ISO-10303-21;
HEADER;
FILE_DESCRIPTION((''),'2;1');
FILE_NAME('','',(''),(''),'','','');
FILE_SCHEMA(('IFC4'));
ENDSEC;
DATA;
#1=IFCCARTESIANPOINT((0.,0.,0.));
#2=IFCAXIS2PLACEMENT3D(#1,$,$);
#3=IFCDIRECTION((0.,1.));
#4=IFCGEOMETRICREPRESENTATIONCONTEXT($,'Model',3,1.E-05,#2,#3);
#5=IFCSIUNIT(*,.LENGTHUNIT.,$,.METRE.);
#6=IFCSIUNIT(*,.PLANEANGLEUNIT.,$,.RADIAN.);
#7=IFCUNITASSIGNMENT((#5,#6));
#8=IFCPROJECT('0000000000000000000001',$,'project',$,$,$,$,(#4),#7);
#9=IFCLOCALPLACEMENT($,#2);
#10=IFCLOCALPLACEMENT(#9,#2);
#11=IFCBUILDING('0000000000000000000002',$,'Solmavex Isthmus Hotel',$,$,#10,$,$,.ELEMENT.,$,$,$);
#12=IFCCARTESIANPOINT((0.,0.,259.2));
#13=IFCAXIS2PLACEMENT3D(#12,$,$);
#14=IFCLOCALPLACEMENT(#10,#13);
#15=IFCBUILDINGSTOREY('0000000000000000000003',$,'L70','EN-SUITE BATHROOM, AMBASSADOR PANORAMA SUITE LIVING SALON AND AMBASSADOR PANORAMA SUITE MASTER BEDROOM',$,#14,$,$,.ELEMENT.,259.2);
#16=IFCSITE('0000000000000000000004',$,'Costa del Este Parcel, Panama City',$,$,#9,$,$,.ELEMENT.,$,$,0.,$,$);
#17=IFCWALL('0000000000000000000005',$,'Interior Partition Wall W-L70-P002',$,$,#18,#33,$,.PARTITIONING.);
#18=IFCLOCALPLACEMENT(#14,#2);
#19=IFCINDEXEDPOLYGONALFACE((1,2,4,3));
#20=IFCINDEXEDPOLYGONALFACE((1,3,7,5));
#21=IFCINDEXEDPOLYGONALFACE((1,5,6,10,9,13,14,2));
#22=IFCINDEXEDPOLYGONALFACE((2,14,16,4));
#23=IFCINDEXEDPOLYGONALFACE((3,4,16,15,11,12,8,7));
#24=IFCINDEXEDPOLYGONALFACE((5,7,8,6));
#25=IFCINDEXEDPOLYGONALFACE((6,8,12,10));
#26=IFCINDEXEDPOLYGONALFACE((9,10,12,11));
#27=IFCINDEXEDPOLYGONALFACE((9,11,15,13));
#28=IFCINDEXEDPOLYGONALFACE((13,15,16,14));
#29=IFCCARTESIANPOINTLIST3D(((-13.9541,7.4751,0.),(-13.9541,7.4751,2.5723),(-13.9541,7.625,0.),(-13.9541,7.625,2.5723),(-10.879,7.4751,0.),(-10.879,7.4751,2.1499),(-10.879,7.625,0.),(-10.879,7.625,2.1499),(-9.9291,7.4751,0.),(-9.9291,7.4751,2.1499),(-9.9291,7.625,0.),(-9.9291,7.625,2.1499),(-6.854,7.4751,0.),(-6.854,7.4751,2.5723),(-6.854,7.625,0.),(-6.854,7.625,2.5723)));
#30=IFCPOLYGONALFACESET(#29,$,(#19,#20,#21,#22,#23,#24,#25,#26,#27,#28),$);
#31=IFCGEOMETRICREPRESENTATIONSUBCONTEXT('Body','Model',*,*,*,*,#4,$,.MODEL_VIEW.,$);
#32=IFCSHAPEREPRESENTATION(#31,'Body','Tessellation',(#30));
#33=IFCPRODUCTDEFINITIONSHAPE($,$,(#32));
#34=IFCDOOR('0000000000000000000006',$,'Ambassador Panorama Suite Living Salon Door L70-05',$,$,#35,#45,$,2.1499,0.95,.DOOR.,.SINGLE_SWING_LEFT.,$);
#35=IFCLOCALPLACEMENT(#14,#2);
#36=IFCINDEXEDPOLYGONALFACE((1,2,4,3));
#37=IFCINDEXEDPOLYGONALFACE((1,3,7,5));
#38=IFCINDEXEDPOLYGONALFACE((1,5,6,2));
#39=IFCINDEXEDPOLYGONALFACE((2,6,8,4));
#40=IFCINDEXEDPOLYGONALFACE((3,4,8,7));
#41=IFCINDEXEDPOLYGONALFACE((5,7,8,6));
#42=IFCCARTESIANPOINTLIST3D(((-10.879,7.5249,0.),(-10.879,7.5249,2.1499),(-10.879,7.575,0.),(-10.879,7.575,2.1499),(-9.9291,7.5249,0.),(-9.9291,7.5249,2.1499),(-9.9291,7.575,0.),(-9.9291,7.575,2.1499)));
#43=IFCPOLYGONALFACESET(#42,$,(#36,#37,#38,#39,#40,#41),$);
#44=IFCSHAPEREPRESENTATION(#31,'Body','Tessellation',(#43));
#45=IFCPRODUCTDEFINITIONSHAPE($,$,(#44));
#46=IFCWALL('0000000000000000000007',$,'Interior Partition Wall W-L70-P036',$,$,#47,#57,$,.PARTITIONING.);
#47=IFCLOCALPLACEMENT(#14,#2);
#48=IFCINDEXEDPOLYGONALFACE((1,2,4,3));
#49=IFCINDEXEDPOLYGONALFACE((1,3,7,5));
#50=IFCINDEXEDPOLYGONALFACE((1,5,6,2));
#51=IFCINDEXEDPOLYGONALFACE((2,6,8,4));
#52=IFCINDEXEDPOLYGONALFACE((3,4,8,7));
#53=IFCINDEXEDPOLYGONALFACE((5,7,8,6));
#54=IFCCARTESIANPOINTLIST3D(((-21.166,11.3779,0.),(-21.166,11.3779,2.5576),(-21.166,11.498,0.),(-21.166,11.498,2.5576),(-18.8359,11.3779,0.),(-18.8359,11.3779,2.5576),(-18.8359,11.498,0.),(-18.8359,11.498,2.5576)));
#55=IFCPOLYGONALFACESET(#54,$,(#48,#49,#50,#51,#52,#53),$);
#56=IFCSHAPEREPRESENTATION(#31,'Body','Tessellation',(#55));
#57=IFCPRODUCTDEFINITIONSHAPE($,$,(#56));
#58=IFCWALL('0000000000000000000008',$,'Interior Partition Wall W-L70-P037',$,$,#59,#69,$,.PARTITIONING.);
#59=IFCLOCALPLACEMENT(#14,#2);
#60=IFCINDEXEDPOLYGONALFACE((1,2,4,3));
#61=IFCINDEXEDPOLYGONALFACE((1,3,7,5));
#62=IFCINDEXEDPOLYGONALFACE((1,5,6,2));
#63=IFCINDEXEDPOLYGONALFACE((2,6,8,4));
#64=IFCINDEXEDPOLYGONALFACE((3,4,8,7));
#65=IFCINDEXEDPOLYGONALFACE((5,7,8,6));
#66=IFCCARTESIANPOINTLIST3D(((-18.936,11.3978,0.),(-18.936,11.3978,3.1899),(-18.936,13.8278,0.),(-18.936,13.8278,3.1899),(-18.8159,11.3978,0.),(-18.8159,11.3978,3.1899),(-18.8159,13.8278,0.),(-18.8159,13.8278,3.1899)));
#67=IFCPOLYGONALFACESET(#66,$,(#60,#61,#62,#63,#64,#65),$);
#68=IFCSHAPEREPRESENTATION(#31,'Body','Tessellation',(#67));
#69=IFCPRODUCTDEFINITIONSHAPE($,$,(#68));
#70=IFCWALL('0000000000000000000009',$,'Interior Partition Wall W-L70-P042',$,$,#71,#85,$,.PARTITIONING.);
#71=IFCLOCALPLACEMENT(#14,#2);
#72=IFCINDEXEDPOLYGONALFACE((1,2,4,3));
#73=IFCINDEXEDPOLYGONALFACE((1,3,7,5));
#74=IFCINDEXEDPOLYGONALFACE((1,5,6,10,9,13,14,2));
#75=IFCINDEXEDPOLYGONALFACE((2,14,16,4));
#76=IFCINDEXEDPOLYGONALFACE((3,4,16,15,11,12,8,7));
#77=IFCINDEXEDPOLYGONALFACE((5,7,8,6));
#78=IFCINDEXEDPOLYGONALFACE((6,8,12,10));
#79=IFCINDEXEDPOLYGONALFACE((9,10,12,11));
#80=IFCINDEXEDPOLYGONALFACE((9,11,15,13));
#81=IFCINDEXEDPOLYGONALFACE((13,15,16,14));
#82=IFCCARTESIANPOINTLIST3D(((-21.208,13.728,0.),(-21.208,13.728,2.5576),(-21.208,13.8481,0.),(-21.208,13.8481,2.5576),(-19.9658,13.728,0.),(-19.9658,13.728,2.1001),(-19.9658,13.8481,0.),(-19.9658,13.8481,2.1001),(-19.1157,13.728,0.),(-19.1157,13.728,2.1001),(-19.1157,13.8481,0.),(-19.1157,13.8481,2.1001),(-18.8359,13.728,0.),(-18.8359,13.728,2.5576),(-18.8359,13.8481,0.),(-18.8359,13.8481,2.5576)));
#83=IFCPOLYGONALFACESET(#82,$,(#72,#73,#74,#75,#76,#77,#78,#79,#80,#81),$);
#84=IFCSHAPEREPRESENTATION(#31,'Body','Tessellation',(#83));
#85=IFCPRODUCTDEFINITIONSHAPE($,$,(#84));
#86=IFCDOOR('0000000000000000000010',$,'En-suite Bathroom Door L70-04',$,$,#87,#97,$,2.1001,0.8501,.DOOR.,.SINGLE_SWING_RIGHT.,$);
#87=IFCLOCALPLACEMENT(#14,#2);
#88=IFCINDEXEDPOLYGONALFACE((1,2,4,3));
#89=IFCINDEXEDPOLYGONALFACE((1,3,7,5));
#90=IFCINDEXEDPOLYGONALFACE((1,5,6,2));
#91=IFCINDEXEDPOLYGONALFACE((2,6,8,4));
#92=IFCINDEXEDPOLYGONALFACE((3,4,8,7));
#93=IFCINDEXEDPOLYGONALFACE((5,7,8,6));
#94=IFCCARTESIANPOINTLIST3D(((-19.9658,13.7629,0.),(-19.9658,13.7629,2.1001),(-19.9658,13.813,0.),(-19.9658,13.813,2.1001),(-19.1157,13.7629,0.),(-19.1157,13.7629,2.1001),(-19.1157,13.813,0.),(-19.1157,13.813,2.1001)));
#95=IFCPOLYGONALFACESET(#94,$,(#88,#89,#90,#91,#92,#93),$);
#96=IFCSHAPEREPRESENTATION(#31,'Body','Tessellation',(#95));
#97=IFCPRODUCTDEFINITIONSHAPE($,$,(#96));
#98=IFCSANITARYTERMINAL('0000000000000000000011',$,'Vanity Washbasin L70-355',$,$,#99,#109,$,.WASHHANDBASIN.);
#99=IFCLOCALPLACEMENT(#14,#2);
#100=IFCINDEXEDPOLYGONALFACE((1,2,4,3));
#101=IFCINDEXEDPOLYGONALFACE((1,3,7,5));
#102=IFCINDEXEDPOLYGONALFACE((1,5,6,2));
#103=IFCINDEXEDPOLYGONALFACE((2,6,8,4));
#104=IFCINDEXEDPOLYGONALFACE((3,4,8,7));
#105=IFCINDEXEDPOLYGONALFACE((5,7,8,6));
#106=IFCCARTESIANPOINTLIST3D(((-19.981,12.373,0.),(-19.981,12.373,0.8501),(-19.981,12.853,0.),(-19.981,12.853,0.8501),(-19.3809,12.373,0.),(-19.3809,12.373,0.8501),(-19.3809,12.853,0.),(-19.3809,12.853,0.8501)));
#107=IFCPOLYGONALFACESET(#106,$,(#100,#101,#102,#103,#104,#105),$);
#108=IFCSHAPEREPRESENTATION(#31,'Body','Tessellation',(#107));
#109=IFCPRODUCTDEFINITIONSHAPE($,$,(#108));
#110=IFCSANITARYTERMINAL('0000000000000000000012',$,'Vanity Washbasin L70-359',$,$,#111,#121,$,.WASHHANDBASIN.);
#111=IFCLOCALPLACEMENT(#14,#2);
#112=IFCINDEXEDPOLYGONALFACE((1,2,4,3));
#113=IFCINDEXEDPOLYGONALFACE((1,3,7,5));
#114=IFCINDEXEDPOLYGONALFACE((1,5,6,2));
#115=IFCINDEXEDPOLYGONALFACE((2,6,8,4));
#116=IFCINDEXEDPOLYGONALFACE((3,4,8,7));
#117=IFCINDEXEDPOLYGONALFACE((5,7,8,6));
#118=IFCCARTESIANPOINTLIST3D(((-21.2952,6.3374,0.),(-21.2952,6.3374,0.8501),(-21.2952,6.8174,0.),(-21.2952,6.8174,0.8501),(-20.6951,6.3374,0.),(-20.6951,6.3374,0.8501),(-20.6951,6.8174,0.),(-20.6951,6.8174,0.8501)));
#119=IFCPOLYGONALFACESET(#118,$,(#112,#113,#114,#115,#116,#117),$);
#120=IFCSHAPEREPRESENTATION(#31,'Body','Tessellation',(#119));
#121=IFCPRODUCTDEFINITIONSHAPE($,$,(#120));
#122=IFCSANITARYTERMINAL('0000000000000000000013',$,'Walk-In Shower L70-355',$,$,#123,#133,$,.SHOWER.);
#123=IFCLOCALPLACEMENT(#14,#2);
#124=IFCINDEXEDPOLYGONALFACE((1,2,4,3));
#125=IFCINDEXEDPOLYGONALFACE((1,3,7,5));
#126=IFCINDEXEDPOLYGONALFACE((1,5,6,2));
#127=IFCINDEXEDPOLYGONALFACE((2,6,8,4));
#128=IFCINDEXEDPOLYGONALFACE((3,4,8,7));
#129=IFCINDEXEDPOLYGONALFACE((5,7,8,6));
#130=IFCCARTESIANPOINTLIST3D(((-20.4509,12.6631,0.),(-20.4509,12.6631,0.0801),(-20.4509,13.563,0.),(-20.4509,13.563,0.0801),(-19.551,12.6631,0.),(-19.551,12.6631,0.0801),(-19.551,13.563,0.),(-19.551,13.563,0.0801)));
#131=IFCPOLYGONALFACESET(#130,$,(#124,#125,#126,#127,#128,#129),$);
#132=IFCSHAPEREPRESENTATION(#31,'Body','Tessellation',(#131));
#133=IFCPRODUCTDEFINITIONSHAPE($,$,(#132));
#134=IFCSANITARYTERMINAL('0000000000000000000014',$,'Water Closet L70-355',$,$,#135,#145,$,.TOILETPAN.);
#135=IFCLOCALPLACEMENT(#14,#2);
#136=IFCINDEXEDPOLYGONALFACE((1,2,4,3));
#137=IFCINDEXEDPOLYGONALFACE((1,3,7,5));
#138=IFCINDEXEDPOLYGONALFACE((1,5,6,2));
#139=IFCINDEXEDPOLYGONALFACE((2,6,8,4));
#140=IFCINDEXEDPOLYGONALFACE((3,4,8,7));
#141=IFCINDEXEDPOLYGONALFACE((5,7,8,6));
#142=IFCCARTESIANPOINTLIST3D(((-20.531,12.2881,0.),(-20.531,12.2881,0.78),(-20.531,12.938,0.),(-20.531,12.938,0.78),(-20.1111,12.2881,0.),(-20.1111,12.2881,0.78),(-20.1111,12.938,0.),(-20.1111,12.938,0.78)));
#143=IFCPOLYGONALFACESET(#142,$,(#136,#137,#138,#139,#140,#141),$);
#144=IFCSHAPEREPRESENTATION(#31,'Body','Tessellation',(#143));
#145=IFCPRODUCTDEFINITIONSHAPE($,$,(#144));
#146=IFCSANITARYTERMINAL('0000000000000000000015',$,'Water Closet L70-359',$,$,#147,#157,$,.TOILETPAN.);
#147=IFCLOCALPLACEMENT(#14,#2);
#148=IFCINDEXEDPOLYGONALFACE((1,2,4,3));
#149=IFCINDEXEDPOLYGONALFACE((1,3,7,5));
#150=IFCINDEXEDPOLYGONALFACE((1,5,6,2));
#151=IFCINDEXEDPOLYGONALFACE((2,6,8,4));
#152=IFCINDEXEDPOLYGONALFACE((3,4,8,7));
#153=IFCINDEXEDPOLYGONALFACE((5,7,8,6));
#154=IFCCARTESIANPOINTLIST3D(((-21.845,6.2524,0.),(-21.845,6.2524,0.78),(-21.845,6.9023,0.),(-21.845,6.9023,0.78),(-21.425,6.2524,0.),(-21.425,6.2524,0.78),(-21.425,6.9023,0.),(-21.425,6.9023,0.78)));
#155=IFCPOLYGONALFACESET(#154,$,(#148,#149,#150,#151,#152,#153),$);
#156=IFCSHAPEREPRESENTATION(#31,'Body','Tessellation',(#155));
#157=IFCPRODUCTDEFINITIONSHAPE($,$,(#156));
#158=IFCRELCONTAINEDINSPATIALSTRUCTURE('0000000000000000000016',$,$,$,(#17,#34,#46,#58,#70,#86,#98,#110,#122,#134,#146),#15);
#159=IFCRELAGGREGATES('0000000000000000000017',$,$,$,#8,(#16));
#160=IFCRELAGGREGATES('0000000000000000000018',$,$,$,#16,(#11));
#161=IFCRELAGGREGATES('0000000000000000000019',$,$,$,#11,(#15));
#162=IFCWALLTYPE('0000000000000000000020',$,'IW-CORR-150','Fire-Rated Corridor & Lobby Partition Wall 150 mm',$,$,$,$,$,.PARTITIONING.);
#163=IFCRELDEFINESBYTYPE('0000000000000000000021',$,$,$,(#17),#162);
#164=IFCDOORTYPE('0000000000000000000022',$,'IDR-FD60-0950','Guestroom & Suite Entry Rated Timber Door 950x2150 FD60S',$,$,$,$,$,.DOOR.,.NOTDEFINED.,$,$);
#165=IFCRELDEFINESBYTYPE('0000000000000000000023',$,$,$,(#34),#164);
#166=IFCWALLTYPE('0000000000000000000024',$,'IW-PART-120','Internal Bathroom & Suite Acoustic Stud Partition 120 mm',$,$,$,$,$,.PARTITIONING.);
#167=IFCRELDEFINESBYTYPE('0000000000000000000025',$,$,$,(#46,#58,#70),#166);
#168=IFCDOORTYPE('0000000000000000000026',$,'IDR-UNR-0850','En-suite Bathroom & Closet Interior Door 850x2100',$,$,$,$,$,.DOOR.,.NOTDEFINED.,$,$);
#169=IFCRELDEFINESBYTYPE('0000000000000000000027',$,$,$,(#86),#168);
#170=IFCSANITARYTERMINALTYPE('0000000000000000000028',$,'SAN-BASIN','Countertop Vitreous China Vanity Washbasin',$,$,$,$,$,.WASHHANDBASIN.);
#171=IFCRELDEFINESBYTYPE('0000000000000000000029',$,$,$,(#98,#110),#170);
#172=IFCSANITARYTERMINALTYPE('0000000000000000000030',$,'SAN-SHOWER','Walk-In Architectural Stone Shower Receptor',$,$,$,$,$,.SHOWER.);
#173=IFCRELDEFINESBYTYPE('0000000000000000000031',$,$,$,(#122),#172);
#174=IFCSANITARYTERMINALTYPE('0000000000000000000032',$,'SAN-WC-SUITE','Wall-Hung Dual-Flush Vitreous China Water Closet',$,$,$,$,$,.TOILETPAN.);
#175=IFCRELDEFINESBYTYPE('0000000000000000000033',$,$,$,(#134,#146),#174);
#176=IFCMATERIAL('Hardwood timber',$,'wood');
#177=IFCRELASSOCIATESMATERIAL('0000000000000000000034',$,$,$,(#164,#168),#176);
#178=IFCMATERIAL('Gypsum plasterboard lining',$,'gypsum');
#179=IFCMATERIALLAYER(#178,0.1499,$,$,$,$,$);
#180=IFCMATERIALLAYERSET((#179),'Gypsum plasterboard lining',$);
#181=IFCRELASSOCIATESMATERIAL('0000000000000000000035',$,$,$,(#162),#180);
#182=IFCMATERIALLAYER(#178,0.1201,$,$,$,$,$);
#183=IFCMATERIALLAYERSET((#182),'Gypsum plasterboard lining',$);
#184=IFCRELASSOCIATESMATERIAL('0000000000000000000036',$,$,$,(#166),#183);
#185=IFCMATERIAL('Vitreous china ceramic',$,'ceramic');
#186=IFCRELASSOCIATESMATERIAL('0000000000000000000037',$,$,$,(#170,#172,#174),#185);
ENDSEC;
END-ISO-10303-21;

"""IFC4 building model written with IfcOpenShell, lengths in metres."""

from ifc_helpers import new_model, si_unit, direction, frame, frame_2d, origin, origin_2d, place, context, subcontext, project, spatial, rectangle, extrude, material, layer, layer_set, type_object, element, fill, save


model = new_model("IFC4")

# Units and contexts
model_context = context("Model", 3, precision=1e-05, world=origin(), true_north=direction((0.0, 1.0)))
body_context = subcontext(model_context, "Body", "Model", "MODEL_VIEW")
ifc_project = project(units=[si_unit("LENGTHUNIT", "METRE"), si_unit("PLANEANGLEUNIT", "RADIAN")], contexts=[model_context])

# Site, building, storey
site_placement = place(None, origin())
site = spatial("IfcSite", under=ifc_project, at=site_placement, Name="Costa del Este Parcel, Panama City", CompositionType="ELEMENT", RefElevation=0.0)
building_placement = place(site_placement, origin())
building = spatial("IfcBuilding", under=site, at=building_placement, Name="Solmavex Isthmus Hotel", CompositionType="ELEMENT")
storey_placement = place(building_placement, frame((0.0, 0.0, 259.2)))
storey = spatial("IfcBuildingStorey", under=building, at=storey_placement, Name="L70", Description="EN-SUITE BATHROOM, AMBASSADOR PANORAMA SUITE LIVING SALON AND AMBASSADOR PANORAMA SUITE MASTER BEDROOM", CompositionType="ELEMENT", Elevation=259.2)

# Shared definitions
ifc_material_1 = material(Name="Gypsum plasterboard lining", Category="gypsum")
ifc_material_2 = material(Name="Hardwood timber", Category="wood")
door_type_1 = type_object("IfcDoorType", Name="IDR-FD60-0950", Description="Guestroom & Suite Entry Rated Timber Door 950x2150 FD60S", OperationType="NOTDEFINED", PredefinedType="DOOR", material=ifc_material_2)

# Wall, opening, door
ifc_layer_1 = layer(ifc_material_1, 0.1499)
ifc_layer_set_1 = layer_set([ifc_layer_1], Name="Gypsum plasterboard lining")
wall_type_1 = type_object("IfcWallType", Name="IW-CORR-150", Description="Fire-Rated Corridor & Lobby Partition Wall 150 mm", PredefinedType="PARTITIONING", material=ifc_layer_set_1)
wall_1_placement = place(storey_placement, frame((-13.9541, 7.55, 0.0), z_axis=(0.0, 0.0, 1.0), x_axis=(1.0, 0.0, 0.0)))
wall_1 = element("IfcWall", 1, at=wall_1_placement, inside=storey, type_object=wall_type_1, Name="Interior Partition Wall W-L70-P002", PredefinedType="PARTITIONING", context=body_context, shape_type="SweptSolid", body=[
    extrude(rectangle(XDim=7.1001, YDim=0.1499, at=frame_2d((3.55, 0.0))), origin(), (0.0, 0.0, 1.0), 2.5723),
])
opening_1_placement = place(wall_1_placement, frame((3.075, 0.0, 0.0)))
opening_1 = element("IfcOpeningElement", 2, at=opening_1_placement, cuts=wall_1, PredefinedType="OPENING", context=body_context, shape_type="SweptSolid", body=[
    extrude(rectangle(XDim=0.95, YDim=2.1499, at=frame_2d((0.4751, 1.075))), frame((0.0, 0.085, 0.0), z_axis=(0.0, -1.0, 0.0), x_axis=(1.0, 0.0, 0.0)), (0.0, 0.0, 1.0), 0.1699),
])
door_1_placement = place(opening_1_placement, origin())
door_1 = element("IfcDoor", 3, at=door_1_placement, inside=storey, type_object=door_type_1, Name="Ambassador Panorama Suite Living Salon Door L70-05", OperationType="SINGLE_SWING_LEFT", OverallHeight=2.1499, OverallWidth=0.95, PredefinedType="DOOR", context=body_context, shape_type="SweptSolid", body=[
    extrude(rectangle(XDim=0.95, YDim=2.1499, at=frame_2d((0.4751, 1.075))), frame((0.0, 0.0249, 0.0), z_axis=(0.0, -1.0, 0.0), x_axis=(1.0, 0.0, 0.0)), (0.0, 0.0, 1.0), 0.05),
])
fill(opening_1, door_1)

# Walls
ifc_layer_2 = layer(ifc_material_1, 0.1201)
ifc_layer_set_2 = layer_set([ifc_layer_2], Name="Gypsum plasterboard lining")
wall_type_2 = type_object("IfcWallType", Name="IW-PART-120", Description="Internal Bathroom & Suite Acoustic Stud Partition 120 mm", PredefinedType="PARTITIONING", material=ifc_layer_set_2)
wall_2_placement = place(storey_placement, frame((-21.166, 11.438, 0.0), z_axis=(0.0, 0.0, 1.0), x_axis=(1.0, 0.0, 0.0)))
element("IfcWall", 4, at=wall_2_placement, inside=storey, type_object=wall_type_2, Name="Interior Partition Wall W-L70-P036", PredefinedType="PARTITIONING", context=body_context, shape_type="SweptSolid", body=[
    extrude(rectangle(XDim=2.3301, YDim=0.1201, at=frame_2d((1.165, 0.0))), origin(), (0.0, 0.0, 1.0), 2.5576),
])
wall_3_placement = place(storey_placement, frame((-18.876, 11.3979, 0.0), z_axis=(0.0, 0.0, 1.0), x_axis=(0.0, 1.0, 0.0)))
element("IfcWall", 5, at=wall_3_placement, inside=storey, type_object=wall_type_2, Name="Interior Partition Wall W-L70-P037", PredefinedType="PARTITIONING", context=body_context, shape_type="SweptSolid", body=[
    extrude(rectangle(XDim=2.4299, YDim=0.1201, at=frame_2d((1.2148, 0.0))), origin(), (0.0, 0.0, 1.0), 3.1899),
])

# Wall, opening, door
wall_4_placement = place(storey_placement, frame((-18.8359, 13.7881, 0.0), z_axis=(0.0, 0.0, 1.0), x_axis=(-1.0, 0.0, 0.0)))
wall_4 = element("IfcWall", 6, at=wall_4_placement, inside=storey, type_object=wall_type_2, Name="Interior Partition Wall W-L70-P042", PredefinedType="PARTITIONING", context=body_context, shape_type="SweptSolid", body=[
    extrude(rectangle(XDim=2.3721, YDim=0.1201, at=frame_2d((1.186, 0.0))), origin(), (0.0, 0.0, 1.0), 2.5576),
])
opening_2_placement = place(wall_4_placement, frame((0.2798, 0.0, 0.0)))
opening_2 = element("IfcOpeningElement", 7, at=opening_2_placement, cuts=wall_4, PredefinedType="OPENING", context=body_context, shape_type="SweptSolid", body=[
    extrude(rectangle(XDim=0.8501, YDim=2.1001, at=frame_2d((0.425, 1.05))), frame((0.0, 0.0701, 0.0), z_axis=(0.0, -1.0, 0.0), x_axis=(1.0, 0.0, 0.0)), (0.0, 0.0, 1.0), 0.1401),
])
door_type_2 = type_object("IfcDoorType", Name="IDR-UNR-0850", Description="En-suite Bathroom & Closet Interior Door 850x2100", OperationType="NOTDEFINED", PredefinedType="DOOR", material=ifc_material_2)
door_2_placement = place(opening_2_placement, frame((0.8501, 0.0, 0.0), z_axis=(0.0, 0.0, 1.0), x_axis=(-1.0, 0.0, 0.0)))
door_2 = element("IfcDoor", 8, at=door_2_placement, inside=storey, type_object=door_type_2, Name="En-suite Bathroom Door L70-04", OperationType="SINGLE_SWING_RIGHT", OverallHeight=2.1001, OverallWidth=0.8501, PredefinedType="DOOR", context=body_context, shape_type="SweptSolid", body=[
    extrude(rectangle(XDim=0.8501, YDim=2.1001, at=frame_2d((0.425, 1.05))), frame((0.0, 0.0249, 0.0), z_axis=(0.0, -1.0, 0.0), x_axis=(1.0, 0.0, 0.0)), (0.0, 0.0, 1.0), 0.05),
])
fill(opening_2, door_2)

# Sanitary terminals
ifc_material_3 = material(Name="Vitreous china ceramic", Category="ceramic")
sanitary_terminal_type_1 = type_object("IfcSanitaryTerminalType", Name="SAN-BASIN", Description="Countertop Vitreous China Vanity Washbasin", PredefinedType="WASHHANDBASIN", material=ifc_material_3)
for number, where, z_axis, x_axis, name in (
    (9, (-19.6809, 12.613, 0.0), (0.0, 0.0, 1.0), (1.0, 0.0, 0.0), "Vanity Washbasin L70-355"),
    (10, (-20.9951, 6.5774, 0.0), (0.0, 0.0, 1.0), (1.0, 0.0, 0.0), "Vanity Washbasin L70-359"),
):
    element("IfcSanitaryTerminal", number, at=place(storey_placement, frame(where, z_axis=z_axis, x_axis=x_axis)), inside=storey, type_object=sanitary_terminal_type_1, Name=name, PredefinedType="WASHHANDBASIN", context=body_context, shape_type="SweptSolid", body=[
        extrude(rectangle(XDim=0.6001, YDim=0.48, at=origin_2d()), origin(), (0.0, 0.0, 1.0), 0.8501),
    ])
sanitary_terminal_type_2 = type_object("IfcSanitaryTerminalType", Name="SAN-SHOWER", Description="Walk-In Architectural Stone Shower Receptor", PredefinedType="SHOWER", material=ifc_material_3)
sanitary_terminal_placement = place(storey_placement, frame((-20.001, 13.113, 0.0), z_axis=(0.0, 0.0, 1.0), x_axis=(1.0, 0.0, 0.0)))
element("IfcSanitaryTerminal", 11, at=sanitary_terminal_placement, inside=storey, type_object=sanitary_terminal_type_2, Name="Walk-In Shower L70-355", PredefinedType="SHOWER", context=body_context, shape_type="SweptSolid", body=[
    extrude(rectangle(XDim=0.8999, YDim=0.8999, at=origin_2d()), origin(), (0.0, 0.0, 1.0), 0.0801),
])
sanitary_terminal_type_3 = type_object("IfcSanitaryTerminalType", Name="SAN-WC-SUITE", Description="Wall-Hung Dual-Flush Vitreous China Water Closet", PredefinedType="TOILETPAN", material=ifc_material_3)
for number, where, z_axis, x_axis, name in (
    (12, (-20.321, 12.613, 0.0), (0.0, 0.0, 1.0), (1.0, 0.0, 0.0), "Water Closet L70-355"),
    (13, (-21.635, 6.5774, 0.0), (0.0, 0.0, 1.0), (1.0, 0.0, 0.0), "Water Closet L70-359"),
):
    element("IfcSanitaryTerminal", number, at=place(storey_placement, frame(where, z_axis=z_axis, x_axis=x_axis)), inside=storey, type_object=sanitary_terminal_type_3, Name=name, PredefinedType="TOILETPAN", context=body_context, shape_type="SweptSolid", body=[
        extrude(rectangle(XDim=0.4199, YDim=0.6499, at=origin_2d()), origin(), (0.0, 0.0, 1.0), 0.78),
    ])

save(model, "model.ifc")
